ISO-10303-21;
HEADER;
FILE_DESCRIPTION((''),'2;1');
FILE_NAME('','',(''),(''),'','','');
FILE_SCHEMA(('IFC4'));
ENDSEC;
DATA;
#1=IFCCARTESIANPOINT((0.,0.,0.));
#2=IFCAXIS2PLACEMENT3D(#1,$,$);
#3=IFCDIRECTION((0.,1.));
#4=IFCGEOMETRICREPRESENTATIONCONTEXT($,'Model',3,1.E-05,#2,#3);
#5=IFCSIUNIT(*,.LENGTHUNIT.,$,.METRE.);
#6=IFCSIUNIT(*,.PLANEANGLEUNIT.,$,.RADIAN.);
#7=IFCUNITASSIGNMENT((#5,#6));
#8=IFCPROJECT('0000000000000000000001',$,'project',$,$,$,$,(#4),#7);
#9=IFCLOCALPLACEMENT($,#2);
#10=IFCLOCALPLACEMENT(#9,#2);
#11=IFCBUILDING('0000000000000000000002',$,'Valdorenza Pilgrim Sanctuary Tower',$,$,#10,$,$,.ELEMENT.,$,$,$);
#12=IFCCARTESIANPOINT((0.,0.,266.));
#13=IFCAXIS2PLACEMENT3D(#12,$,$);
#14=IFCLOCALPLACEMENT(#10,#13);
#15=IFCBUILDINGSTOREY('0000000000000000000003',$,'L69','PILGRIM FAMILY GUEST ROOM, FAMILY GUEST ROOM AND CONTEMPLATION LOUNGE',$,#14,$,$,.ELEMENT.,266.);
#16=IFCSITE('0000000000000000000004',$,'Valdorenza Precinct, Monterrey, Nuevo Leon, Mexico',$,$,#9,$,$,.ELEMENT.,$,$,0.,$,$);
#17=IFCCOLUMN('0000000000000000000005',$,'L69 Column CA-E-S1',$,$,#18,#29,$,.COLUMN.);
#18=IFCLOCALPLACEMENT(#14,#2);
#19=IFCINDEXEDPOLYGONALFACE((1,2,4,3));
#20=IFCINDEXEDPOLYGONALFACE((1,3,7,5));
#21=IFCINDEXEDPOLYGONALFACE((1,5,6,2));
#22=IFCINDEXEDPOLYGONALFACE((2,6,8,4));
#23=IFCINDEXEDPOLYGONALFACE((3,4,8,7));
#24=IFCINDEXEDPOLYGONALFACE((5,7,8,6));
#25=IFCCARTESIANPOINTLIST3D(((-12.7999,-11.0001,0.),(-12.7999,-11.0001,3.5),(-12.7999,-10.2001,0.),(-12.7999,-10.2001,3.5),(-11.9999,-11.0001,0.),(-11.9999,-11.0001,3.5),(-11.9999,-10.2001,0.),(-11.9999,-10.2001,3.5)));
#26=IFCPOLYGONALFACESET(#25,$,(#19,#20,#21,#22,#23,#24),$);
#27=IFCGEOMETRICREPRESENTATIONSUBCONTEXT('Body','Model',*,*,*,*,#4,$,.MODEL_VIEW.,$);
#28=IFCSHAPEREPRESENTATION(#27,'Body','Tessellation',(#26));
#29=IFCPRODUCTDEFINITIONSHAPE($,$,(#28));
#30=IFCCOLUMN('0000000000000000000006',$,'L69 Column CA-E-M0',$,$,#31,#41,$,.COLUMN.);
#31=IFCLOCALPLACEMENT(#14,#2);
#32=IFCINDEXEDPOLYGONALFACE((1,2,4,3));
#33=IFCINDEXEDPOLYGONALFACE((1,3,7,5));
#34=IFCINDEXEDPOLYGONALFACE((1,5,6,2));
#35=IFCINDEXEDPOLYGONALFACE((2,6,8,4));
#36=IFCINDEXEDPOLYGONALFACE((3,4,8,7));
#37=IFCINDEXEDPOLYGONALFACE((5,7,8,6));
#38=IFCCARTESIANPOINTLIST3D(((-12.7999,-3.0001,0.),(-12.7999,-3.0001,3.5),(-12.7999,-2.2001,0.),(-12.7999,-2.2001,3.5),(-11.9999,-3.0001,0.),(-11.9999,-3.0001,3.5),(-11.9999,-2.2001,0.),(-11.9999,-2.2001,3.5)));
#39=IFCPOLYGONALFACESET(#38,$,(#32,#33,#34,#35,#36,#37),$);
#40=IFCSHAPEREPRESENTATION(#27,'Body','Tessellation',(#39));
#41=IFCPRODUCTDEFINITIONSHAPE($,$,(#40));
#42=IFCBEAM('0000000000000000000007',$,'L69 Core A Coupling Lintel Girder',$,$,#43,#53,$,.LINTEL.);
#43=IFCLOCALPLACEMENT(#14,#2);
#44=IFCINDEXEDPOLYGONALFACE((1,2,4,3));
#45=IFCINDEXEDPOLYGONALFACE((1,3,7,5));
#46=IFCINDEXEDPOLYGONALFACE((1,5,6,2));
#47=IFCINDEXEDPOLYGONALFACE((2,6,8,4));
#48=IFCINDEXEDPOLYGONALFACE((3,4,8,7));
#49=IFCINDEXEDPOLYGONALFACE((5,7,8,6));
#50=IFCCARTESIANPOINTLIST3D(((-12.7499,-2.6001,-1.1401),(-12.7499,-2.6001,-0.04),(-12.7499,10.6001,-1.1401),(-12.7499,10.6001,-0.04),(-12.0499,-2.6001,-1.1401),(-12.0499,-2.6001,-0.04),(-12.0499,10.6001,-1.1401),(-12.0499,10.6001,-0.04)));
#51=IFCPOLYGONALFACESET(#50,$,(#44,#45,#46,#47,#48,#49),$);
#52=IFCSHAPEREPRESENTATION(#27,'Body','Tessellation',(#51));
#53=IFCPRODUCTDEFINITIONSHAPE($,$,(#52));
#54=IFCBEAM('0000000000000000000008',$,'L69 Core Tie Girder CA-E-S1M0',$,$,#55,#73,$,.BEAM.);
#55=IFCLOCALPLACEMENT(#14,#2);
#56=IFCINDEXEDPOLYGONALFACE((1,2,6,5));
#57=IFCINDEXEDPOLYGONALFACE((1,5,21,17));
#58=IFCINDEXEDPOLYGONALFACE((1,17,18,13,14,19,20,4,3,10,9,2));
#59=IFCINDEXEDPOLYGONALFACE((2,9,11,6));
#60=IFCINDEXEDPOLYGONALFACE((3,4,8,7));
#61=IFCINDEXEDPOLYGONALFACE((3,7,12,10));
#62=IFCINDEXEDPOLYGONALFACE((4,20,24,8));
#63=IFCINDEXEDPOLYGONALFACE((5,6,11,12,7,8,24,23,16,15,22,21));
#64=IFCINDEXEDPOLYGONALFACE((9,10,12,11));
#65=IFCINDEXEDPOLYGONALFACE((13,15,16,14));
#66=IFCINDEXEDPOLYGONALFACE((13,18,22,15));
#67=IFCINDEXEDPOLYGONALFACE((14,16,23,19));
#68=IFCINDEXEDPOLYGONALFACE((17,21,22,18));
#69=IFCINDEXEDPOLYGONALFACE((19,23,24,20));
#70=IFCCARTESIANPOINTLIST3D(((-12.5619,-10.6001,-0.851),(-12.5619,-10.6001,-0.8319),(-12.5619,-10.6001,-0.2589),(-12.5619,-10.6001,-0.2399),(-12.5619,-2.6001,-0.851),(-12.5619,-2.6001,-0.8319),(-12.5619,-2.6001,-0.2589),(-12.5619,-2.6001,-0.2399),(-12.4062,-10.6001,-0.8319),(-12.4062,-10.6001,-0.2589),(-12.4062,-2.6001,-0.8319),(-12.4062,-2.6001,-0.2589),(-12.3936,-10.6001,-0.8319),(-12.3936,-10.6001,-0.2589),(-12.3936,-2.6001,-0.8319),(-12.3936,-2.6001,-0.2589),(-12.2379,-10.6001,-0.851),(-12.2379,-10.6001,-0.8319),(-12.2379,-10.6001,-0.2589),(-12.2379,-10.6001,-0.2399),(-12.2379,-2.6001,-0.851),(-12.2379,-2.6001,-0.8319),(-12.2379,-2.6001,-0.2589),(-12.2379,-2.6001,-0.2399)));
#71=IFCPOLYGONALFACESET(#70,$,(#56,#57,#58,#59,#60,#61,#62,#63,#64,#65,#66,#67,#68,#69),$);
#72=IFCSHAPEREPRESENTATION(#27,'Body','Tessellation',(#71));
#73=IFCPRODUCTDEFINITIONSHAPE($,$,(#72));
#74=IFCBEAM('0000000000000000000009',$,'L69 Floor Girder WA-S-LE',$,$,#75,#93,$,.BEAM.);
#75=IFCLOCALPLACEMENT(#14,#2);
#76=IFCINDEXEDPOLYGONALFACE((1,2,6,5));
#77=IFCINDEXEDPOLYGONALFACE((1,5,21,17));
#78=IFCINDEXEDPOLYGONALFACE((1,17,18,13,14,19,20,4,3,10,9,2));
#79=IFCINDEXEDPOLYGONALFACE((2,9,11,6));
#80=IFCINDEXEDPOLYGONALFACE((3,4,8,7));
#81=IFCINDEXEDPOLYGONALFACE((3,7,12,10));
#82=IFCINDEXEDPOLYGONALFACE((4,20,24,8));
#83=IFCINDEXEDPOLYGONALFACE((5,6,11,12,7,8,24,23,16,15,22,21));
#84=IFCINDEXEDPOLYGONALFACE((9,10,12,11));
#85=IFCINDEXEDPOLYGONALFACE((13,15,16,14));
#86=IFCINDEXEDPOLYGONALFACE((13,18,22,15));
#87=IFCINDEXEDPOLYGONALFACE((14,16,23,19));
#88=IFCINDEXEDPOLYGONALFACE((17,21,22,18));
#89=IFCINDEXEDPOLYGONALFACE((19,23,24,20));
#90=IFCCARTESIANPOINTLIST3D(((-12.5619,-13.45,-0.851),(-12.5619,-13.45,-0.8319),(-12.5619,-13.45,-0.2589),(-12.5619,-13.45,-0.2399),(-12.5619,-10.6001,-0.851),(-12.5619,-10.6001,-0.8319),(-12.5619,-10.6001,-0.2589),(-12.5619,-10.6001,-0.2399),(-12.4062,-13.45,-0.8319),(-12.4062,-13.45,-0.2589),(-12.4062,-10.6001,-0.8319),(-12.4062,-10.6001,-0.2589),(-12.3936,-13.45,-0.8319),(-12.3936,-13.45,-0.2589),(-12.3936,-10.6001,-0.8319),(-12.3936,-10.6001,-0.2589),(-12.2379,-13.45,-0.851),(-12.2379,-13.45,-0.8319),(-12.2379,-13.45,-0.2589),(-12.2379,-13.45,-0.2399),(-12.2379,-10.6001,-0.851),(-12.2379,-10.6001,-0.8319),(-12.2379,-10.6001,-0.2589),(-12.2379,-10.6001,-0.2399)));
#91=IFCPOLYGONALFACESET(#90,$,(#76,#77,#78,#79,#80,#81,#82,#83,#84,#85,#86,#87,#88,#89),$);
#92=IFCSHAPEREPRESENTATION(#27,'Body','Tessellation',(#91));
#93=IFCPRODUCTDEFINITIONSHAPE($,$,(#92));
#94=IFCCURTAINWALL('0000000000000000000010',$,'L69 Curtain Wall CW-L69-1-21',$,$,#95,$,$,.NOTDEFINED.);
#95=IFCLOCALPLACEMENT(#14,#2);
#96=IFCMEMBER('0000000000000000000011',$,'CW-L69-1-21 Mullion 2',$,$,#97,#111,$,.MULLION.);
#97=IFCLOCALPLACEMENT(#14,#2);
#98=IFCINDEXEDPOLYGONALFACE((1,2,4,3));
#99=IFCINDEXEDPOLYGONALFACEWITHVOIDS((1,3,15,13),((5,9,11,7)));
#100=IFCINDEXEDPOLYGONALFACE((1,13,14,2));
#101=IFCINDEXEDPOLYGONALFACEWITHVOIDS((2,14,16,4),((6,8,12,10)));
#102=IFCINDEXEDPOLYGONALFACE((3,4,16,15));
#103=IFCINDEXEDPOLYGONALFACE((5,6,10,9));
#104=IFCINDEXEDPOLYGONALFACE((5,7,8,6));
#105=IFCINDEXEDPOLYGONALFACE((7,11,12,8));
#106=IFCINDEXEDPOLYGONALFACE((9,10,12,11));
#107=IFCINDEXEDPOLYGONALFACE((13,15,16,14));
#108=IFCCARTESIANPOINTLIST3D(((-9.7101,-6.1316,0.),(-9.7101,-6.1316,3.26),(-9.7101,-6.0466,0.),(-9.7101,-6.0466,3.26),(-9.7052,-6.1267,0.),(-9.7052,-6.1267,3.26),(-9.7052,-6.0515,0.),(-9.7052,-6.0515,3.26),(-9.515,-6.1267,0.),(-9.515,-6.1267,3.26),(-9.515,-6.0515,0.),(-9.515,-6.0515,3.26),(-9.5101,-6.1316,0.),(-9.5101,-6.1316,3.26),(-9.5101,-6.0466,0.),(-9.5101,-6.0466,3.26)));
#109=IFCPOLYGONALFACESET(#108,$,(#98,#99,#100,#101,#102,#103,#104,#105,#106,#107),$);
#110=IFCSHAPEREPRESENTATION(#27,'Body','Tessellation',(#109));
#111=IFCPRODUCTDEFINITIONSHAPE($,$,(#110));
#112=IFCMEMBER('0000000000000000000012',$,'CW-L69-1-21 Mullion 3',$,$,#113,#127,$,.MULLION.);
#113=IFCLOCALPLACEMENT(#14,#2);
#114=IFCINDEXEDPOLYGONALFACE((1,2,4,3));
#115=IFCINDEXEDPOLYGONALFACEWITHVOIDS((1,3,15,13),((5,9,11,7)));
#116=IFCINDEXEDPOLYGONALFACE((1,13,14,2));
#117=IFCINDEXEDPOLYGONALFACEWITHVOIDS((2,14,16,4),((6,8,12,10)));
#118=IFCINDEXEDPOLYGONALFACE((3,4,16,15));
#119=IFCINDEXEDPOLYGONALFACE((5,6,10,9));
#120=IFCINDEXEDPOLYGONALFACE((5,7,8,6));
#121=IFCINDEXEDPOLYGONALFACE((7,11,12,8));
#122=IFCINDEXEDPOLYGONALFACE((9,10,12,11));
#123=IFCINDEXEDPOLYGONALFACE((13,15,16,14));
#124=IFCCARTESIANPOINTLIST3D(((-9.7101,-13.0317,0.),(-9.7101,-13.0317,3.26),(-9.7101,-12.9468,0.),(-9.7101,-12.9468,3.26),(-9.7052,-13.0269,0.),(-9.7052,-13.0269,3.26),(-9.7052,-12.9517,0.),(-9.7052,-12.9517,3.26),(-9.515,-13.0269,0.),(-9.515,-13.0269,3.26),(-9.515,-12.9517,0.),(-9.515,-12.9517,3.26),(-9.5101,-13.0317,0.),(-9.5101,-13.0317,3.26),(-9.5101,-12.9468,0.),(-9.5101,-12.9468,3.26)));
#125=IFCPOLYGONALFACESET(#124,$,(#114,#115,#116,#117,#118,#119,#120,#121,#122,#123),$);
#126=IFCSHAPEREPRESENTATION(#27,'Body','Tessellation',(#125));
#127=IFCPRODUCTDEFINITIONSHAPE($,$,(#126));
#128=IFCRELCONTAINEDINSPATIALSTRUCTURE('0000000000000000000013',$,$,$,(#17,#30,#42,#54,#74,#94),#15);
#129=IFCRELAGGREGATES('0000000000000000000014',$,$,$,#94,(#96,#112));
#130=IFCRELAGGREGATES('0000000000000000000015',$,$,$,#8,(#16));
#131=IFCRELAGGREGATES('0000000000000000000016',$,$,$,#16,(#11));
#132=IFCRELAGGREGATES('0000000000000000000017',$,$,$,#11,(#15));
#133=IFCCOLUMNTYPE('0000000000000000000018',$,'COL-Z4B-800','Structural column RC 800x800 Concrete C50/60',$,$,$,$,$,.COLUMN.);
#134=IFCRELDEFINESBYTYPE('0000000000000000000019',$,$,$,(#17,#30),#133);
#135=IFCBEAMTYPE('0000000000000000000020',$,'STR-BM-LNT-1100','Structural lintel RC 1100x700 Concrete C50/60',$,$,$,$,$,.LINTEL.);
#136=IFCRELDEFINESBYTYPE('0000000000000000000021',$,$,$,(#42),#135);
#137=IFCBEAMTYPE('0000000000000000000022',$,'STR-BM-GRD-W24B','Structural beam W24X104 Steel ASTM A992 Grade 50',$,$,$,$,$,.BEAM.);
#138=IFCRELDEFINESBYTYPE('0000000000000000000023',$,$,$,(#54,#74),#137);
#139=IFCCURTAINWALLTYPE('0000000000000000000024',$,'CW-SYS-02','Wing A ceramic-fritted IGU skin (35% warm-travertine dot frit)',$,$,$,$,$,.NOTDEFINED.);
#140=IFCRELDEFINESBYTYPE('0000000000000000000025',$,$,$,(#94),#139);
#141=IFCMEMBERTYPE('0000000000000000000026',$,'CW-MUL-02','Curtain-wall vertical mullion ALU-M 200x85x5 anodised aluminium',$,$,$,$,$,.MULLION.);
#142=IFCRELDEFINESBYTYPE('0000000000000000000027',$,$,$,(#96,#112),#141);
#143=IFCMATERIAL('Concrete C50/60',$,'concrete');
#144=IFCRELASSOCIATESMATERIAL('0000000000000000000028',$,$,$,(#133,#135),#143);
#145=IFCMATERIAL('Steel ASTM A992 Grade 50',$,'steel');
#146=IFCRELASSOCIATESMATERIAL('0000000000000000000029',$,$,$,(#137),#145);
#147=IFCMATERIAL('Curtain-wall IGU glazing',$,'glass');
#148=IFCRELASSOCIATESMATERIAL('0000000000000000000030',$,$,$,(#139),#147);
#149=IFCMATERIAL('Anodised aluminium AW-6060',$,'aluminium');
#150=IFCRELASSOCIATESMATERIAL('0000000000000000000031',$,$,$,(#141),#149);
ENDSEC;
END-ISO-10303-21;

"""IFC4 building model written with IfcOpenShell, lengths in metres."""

from ifc_helpers import new_model, si_unit, direction, frame, origin, origin_2d, place, context, subcontext, project, spatial, rectangle, hollow_rectangle, i_section, extrude, source, transform, mapped, material, material_profile, profile_set, type_object, element, aggregate, save


model = new_model("IFC4")

# Units and contexts
model_context = context("Model", 3, precision=1e-05, world=origin(), true_north=direction((0.0, 1.0)))
body_context = subcontext(model_context, "Body", "Model", "MODEL_VIEW")
ifc_project = project(units=[si_unit("LENGTHUNIT", "METRE"), si_unit("PLANEANGLEUNIT", "RADIAN")], contexts=[model_context])

# Site, building, storey
site_placement = place(None, origin())
site = spatial("IfcSite", under=ifc_project, at=site_placement, Name="Valdorenza Precinct, Monterrey, Nuevo Leon, Mexico", CompositionType="ELEMENT", RefElevation=0.0)
building_placement = place(site_placement, origin())
building = spatial("IfcBuilding", under=site, at=building_placement, Name="Valdorenza Pilgrim Sanctuary Tower", CompositionType="ELEMENT")
storey_placement = place(building_placement, frame((0.0, 0.0, 266.0)))
storey = spatial("IfcBuildingStorey", under=building, at=storey_placement, Name="L69", Description="PILGRIM FAMILY GUEST ROOM, FAMILY GUEST ROOM AND CONTEMPLATION LOUNGE", CompositionType="ELEMENT", Elevation=266.0)

# Columns
ifc_material_1 = material(Name="Concrete C50/60", Category="concrete")
ifc_material_profile_1 = material_profile(ifc_material_1, rectangle(XDim=0.8, YDim=0.8, at=origin_2d()), Name="RC 800x800")
ifc_profile_set_1 = profile_set([ifc_material_profile_1], Name="Concrete C50/60")
column_type = type_object("IfcColumnType", Name="COL-Z4B-800", Description="Structural column RC 800x800 Concrete C50/60", PredefinedType="COLUMN", material=ifc_profile_set_1)
shared_shape_1 = source(origin(), body_context, "Body", "SweptSolid", [
    extrude(rectangle(XDim=0.8, YDim=0.8, at=origin_2d()), origin(), (0.0, 0.0, 1.0), 3.5),
])
for number, where, z_axis, x_axis, name in (
    (1, (-12.3999, -10.6001, 0.0), (0.0, 0.0, 1.0), (1.0, 0.0, 0.0), "L69 Column CA-E-S1"),
    (2, (-12.3999, -2.6001, 0.0), (0.0, 0.0, 1.0), (1.0, 0.0, 0.0), "L69 Column CA-E-M0"),
):
    element("IfcColumn", number, at=place(storey_placement, frame(where, z_axis=z_axis, x_axis=x_axis)), inside=storey, type_object=column_type, Name=name, PredefinedType="COLUMN", context=body_context, shape_type="MappedRepresentation", body=[
        mapped(shared_shape_1, transform((0.0, 0.0, 0.0), x_axis=(1.0, 0.0, 0.0), y_axis=(0.0, 1.0, 0.0), z_axis=(0.0, 0.0, 1.0), scale=1.0)),
    ])

# Beams
ifc_material_profile_2 = material_profile(ifc_material_1, rectangle(XDim=0.7, YDim=1.1001, at=origin_2d()), Name="RC 1100x700")
ifc_profile_set_2 = profile_set([ifc_material_profile_2], Name="Concrete C50/60")
beam_type_1 = type_object("IfcBeamType", Name="STR-BM-LNT-1100", Description="Structural lintel RC 1100x700 Concrete C50/60", PredefinedType="LINTEL", material=ifc_profile_set_2)
shared_shape_2 = source(origin(), body_context, "Body", "SweptSolid", [
    extrude(rectangle(XDim=0.7, YDim=1.1001, at=origin_2d()), origin(), (0.0, 0.0, 1.0), 13.2002),
])
beam_1_placement = place(storey_placement, frame((-12.3999, -2.6001, -0.5901), z_axis=(0.0, 1.0, 0.0), x_axis=(-1.0, 0.0, 0.0)))
element("IfcBeam", 3, at=beam_1_placement, inside=storey, type_object=beam_type_1, Name="L69 Core A Coupling Lintel Girder", PredefinedType="LINTEL", context=body_context, shape_type="MappedRepresentation", body=[
    mapped(shared_shape_2, transform((0.0, 0.0, 0.0), x_axis=(1.0, 0.0, 0.0), y_axis=(0.0, 1.0, 0.0), z_axis=(0.0, 0.0, 1.0), scale=1.0)),
])
ifc_material_2 = material(Name="Steel ASTM A992 Grade 50", Category="steel")
ifc_material_profile_3 = material_profile(ifc_material_2, i_section(OverallWidth=0.324, OverallDepth=0.6111, WebThickness=0.0127, FlangeThickness=0.019, at=origin_2d()), Name="W24X104")
ifc_profile_set_3 = profile_set([ifc_material_profile_3], Name="Steel ASTM A992 Grade 50")
beam_type_2 = type_object("IfcBeamType", Name="STR-BM-GRD-W24B", Description="Structural beam W24X104 Steel ASTM A992 Grade 50", PredefinedType="BEAM", material=ifc_profile_set_3)
shared_shape_3 = source(origin(), body_context, "Body", "SweptSolid", [
    extrude(i_section(OverallWidth=0.324, OverallDepth=0.6111, WebThickness=0.0127, FlangeThickness=0.019, at=origin_2d()), origin(), (0.0, 0.0, 1.0), 8.0),
])
beam_2_placement = place(storey_placement, frame((-12.3999, -10.6001, -0.5454), z_axis=(0.0, 1.0, 0.0), x_axis=(-1.0, 0.0, 0.0)))
element("IfcBeam", 4, at=beam_2_placement, inside=storey, type_object=beam_type_2, Name="L69 Core Tie Girder CA-E-S1M0", PredefinedType="BEAM", context=body_context, shape_type="MappedRepresentation", body=[
    mapped(shared_shape_3, transform((0.0, 0.0, 0.0), x_axis=(1.0, 0.0, 0.0), y_axis=(0.0, 1.0, 0.0), z_axis=(0.0, 0.0, 1.0), scale=1.0)),
])
shared_shape_4 = source(origin(), body_context, "Body", "SweptSolid", [
    extrude(i_section(OverallWidth=0.324, OverallDepth=0.6111, WebThickness=0.0127, FlangeThickness=0.019, at=origin_2d()), origin(), (0.0, 0.0, 1.0), 2.8499),
])
beam_3_placement = place(storey_placement, frame((-12.3999, -13.45, -0.5454), z_axis=(0.0, 1.0, 0.0), x_axis=(-1.0, 0.0, 0.0)))
element("IfcBeam", 5, at=beam_3_placement, inside=storey, type_object=beam_type_2, Name="L69 Floor Girder WA-S-LE", PredefinedType="BEAM", context=body_context, shape_type="MappedRepresentation", body=[
    mapped(shared_shape_4, transform((0.0, 0.0, 0.0), x_axis=(1.0, 0.0, 0.0), y_axis=(0.0, 1.0, 0.0), z_axis=(0.0, 0.0, 1.0), scale=1.0)),
])

# Curtain wall, members
ifc_material_3 = material(Name="Curtain-wall IGU glazing", Category="glass")
curtain_wall_type = type_object("IfcCurtainWallType", Name="CW-SYS-02", Description="Wing A ceramic-fritted IGU skin (35% warm-travertine dot frit)", PredefinedType="NOTDEFINED", material=ifc_material_3)
curtain_wall_placement = place(storey_placement, origin())
curtain_wall = element("IfcCurtainWall", 6, at=curtain_wall_placement, inside=storey, type_object=curtain_wall_type, Name="L69 Curtain Wall CW-L69-1-21", PredefinedType="NOTDEFINED")
ifc_material_4 = material(Name="Anodised aluminium AW-6060", Category="aluminium")
ifc_material_profile_4 = material_profile(ifc_material_4, hollow_rectangle(XDim=0.085, YDim=0.2, WallThickness=0.0049, at=origin_2d()), Name="ALU-M 200x85x5")
ifc_profile_set_4 = profile_set([ifc_material_profile_4], Name="Anodised aluminium AW-6060")
member_type = type_object("IfcMemberType", Name="CW-MUL-02", Description="Curtain-wall vertical mullion ALU-M 200x85x5 anodised aluminium", PredefinedType="MULLION", material=ifc_profile_set_4)
shared_shape_5 = source(origin(), body_context, "Body", "SweptSolid", [
    extrude(hollow_rectangle(XDim=0.085, YDim=0.2, WallThickness=0.0049, at=origin_2d()), origin(), (0.0, 0.0, 1.0), 3.26),
])
member_1_placement = place(storey_placement, frame((-9.6101, -6.0891, 0.0), z_axis=(0.0, 0.0, 1.0), x_axis=(0.0, -1.0, 0.0)))
member_1 = element("IfcMember", 7, at=member_1_placement, type_object=member_type, Name="CW-L69-1-21 Mullion 2", PredefinedType="MULLION", context=body_context, shape_type="MappedRepresentation", body=[
    mapped(shared_shape_5, transform((0.0, 0.0, 0.0), x_axis=(1.0, 0.0, 0.0), y_axis=(0.0, 1.0, 0.0), z_axis=(0.0, 0.0, 1.0), scale=1.0)),
])
member_2_placement = place(storey_placement, frame((-9.6101, -12.9893, 0.0), z_axis=(0.0, 0.0, 1.0), x_axis=(0.0, -1.0, 0.0)))
member_2 = element("IfcMember", 8, at=member_2_placement, type_object=member_type, Name="CW-L69-1-21 Mullion 3", PredefinedType="MULLION", context=body_context, shape_type="MappedRepresentation", body=[
    mapped(shared_shape_5, transform((0.0, 0.0, 0.0), x_axis=(1.0, 0.0, 0.0), y_axis=(0.0, 1.0, 0.0), z_axis=(0.0, 0.0, 1.0), scale=1.0)),
])

aggregate(curtain_wall, [member_1, member_2])

save(model, "model.ifc")
